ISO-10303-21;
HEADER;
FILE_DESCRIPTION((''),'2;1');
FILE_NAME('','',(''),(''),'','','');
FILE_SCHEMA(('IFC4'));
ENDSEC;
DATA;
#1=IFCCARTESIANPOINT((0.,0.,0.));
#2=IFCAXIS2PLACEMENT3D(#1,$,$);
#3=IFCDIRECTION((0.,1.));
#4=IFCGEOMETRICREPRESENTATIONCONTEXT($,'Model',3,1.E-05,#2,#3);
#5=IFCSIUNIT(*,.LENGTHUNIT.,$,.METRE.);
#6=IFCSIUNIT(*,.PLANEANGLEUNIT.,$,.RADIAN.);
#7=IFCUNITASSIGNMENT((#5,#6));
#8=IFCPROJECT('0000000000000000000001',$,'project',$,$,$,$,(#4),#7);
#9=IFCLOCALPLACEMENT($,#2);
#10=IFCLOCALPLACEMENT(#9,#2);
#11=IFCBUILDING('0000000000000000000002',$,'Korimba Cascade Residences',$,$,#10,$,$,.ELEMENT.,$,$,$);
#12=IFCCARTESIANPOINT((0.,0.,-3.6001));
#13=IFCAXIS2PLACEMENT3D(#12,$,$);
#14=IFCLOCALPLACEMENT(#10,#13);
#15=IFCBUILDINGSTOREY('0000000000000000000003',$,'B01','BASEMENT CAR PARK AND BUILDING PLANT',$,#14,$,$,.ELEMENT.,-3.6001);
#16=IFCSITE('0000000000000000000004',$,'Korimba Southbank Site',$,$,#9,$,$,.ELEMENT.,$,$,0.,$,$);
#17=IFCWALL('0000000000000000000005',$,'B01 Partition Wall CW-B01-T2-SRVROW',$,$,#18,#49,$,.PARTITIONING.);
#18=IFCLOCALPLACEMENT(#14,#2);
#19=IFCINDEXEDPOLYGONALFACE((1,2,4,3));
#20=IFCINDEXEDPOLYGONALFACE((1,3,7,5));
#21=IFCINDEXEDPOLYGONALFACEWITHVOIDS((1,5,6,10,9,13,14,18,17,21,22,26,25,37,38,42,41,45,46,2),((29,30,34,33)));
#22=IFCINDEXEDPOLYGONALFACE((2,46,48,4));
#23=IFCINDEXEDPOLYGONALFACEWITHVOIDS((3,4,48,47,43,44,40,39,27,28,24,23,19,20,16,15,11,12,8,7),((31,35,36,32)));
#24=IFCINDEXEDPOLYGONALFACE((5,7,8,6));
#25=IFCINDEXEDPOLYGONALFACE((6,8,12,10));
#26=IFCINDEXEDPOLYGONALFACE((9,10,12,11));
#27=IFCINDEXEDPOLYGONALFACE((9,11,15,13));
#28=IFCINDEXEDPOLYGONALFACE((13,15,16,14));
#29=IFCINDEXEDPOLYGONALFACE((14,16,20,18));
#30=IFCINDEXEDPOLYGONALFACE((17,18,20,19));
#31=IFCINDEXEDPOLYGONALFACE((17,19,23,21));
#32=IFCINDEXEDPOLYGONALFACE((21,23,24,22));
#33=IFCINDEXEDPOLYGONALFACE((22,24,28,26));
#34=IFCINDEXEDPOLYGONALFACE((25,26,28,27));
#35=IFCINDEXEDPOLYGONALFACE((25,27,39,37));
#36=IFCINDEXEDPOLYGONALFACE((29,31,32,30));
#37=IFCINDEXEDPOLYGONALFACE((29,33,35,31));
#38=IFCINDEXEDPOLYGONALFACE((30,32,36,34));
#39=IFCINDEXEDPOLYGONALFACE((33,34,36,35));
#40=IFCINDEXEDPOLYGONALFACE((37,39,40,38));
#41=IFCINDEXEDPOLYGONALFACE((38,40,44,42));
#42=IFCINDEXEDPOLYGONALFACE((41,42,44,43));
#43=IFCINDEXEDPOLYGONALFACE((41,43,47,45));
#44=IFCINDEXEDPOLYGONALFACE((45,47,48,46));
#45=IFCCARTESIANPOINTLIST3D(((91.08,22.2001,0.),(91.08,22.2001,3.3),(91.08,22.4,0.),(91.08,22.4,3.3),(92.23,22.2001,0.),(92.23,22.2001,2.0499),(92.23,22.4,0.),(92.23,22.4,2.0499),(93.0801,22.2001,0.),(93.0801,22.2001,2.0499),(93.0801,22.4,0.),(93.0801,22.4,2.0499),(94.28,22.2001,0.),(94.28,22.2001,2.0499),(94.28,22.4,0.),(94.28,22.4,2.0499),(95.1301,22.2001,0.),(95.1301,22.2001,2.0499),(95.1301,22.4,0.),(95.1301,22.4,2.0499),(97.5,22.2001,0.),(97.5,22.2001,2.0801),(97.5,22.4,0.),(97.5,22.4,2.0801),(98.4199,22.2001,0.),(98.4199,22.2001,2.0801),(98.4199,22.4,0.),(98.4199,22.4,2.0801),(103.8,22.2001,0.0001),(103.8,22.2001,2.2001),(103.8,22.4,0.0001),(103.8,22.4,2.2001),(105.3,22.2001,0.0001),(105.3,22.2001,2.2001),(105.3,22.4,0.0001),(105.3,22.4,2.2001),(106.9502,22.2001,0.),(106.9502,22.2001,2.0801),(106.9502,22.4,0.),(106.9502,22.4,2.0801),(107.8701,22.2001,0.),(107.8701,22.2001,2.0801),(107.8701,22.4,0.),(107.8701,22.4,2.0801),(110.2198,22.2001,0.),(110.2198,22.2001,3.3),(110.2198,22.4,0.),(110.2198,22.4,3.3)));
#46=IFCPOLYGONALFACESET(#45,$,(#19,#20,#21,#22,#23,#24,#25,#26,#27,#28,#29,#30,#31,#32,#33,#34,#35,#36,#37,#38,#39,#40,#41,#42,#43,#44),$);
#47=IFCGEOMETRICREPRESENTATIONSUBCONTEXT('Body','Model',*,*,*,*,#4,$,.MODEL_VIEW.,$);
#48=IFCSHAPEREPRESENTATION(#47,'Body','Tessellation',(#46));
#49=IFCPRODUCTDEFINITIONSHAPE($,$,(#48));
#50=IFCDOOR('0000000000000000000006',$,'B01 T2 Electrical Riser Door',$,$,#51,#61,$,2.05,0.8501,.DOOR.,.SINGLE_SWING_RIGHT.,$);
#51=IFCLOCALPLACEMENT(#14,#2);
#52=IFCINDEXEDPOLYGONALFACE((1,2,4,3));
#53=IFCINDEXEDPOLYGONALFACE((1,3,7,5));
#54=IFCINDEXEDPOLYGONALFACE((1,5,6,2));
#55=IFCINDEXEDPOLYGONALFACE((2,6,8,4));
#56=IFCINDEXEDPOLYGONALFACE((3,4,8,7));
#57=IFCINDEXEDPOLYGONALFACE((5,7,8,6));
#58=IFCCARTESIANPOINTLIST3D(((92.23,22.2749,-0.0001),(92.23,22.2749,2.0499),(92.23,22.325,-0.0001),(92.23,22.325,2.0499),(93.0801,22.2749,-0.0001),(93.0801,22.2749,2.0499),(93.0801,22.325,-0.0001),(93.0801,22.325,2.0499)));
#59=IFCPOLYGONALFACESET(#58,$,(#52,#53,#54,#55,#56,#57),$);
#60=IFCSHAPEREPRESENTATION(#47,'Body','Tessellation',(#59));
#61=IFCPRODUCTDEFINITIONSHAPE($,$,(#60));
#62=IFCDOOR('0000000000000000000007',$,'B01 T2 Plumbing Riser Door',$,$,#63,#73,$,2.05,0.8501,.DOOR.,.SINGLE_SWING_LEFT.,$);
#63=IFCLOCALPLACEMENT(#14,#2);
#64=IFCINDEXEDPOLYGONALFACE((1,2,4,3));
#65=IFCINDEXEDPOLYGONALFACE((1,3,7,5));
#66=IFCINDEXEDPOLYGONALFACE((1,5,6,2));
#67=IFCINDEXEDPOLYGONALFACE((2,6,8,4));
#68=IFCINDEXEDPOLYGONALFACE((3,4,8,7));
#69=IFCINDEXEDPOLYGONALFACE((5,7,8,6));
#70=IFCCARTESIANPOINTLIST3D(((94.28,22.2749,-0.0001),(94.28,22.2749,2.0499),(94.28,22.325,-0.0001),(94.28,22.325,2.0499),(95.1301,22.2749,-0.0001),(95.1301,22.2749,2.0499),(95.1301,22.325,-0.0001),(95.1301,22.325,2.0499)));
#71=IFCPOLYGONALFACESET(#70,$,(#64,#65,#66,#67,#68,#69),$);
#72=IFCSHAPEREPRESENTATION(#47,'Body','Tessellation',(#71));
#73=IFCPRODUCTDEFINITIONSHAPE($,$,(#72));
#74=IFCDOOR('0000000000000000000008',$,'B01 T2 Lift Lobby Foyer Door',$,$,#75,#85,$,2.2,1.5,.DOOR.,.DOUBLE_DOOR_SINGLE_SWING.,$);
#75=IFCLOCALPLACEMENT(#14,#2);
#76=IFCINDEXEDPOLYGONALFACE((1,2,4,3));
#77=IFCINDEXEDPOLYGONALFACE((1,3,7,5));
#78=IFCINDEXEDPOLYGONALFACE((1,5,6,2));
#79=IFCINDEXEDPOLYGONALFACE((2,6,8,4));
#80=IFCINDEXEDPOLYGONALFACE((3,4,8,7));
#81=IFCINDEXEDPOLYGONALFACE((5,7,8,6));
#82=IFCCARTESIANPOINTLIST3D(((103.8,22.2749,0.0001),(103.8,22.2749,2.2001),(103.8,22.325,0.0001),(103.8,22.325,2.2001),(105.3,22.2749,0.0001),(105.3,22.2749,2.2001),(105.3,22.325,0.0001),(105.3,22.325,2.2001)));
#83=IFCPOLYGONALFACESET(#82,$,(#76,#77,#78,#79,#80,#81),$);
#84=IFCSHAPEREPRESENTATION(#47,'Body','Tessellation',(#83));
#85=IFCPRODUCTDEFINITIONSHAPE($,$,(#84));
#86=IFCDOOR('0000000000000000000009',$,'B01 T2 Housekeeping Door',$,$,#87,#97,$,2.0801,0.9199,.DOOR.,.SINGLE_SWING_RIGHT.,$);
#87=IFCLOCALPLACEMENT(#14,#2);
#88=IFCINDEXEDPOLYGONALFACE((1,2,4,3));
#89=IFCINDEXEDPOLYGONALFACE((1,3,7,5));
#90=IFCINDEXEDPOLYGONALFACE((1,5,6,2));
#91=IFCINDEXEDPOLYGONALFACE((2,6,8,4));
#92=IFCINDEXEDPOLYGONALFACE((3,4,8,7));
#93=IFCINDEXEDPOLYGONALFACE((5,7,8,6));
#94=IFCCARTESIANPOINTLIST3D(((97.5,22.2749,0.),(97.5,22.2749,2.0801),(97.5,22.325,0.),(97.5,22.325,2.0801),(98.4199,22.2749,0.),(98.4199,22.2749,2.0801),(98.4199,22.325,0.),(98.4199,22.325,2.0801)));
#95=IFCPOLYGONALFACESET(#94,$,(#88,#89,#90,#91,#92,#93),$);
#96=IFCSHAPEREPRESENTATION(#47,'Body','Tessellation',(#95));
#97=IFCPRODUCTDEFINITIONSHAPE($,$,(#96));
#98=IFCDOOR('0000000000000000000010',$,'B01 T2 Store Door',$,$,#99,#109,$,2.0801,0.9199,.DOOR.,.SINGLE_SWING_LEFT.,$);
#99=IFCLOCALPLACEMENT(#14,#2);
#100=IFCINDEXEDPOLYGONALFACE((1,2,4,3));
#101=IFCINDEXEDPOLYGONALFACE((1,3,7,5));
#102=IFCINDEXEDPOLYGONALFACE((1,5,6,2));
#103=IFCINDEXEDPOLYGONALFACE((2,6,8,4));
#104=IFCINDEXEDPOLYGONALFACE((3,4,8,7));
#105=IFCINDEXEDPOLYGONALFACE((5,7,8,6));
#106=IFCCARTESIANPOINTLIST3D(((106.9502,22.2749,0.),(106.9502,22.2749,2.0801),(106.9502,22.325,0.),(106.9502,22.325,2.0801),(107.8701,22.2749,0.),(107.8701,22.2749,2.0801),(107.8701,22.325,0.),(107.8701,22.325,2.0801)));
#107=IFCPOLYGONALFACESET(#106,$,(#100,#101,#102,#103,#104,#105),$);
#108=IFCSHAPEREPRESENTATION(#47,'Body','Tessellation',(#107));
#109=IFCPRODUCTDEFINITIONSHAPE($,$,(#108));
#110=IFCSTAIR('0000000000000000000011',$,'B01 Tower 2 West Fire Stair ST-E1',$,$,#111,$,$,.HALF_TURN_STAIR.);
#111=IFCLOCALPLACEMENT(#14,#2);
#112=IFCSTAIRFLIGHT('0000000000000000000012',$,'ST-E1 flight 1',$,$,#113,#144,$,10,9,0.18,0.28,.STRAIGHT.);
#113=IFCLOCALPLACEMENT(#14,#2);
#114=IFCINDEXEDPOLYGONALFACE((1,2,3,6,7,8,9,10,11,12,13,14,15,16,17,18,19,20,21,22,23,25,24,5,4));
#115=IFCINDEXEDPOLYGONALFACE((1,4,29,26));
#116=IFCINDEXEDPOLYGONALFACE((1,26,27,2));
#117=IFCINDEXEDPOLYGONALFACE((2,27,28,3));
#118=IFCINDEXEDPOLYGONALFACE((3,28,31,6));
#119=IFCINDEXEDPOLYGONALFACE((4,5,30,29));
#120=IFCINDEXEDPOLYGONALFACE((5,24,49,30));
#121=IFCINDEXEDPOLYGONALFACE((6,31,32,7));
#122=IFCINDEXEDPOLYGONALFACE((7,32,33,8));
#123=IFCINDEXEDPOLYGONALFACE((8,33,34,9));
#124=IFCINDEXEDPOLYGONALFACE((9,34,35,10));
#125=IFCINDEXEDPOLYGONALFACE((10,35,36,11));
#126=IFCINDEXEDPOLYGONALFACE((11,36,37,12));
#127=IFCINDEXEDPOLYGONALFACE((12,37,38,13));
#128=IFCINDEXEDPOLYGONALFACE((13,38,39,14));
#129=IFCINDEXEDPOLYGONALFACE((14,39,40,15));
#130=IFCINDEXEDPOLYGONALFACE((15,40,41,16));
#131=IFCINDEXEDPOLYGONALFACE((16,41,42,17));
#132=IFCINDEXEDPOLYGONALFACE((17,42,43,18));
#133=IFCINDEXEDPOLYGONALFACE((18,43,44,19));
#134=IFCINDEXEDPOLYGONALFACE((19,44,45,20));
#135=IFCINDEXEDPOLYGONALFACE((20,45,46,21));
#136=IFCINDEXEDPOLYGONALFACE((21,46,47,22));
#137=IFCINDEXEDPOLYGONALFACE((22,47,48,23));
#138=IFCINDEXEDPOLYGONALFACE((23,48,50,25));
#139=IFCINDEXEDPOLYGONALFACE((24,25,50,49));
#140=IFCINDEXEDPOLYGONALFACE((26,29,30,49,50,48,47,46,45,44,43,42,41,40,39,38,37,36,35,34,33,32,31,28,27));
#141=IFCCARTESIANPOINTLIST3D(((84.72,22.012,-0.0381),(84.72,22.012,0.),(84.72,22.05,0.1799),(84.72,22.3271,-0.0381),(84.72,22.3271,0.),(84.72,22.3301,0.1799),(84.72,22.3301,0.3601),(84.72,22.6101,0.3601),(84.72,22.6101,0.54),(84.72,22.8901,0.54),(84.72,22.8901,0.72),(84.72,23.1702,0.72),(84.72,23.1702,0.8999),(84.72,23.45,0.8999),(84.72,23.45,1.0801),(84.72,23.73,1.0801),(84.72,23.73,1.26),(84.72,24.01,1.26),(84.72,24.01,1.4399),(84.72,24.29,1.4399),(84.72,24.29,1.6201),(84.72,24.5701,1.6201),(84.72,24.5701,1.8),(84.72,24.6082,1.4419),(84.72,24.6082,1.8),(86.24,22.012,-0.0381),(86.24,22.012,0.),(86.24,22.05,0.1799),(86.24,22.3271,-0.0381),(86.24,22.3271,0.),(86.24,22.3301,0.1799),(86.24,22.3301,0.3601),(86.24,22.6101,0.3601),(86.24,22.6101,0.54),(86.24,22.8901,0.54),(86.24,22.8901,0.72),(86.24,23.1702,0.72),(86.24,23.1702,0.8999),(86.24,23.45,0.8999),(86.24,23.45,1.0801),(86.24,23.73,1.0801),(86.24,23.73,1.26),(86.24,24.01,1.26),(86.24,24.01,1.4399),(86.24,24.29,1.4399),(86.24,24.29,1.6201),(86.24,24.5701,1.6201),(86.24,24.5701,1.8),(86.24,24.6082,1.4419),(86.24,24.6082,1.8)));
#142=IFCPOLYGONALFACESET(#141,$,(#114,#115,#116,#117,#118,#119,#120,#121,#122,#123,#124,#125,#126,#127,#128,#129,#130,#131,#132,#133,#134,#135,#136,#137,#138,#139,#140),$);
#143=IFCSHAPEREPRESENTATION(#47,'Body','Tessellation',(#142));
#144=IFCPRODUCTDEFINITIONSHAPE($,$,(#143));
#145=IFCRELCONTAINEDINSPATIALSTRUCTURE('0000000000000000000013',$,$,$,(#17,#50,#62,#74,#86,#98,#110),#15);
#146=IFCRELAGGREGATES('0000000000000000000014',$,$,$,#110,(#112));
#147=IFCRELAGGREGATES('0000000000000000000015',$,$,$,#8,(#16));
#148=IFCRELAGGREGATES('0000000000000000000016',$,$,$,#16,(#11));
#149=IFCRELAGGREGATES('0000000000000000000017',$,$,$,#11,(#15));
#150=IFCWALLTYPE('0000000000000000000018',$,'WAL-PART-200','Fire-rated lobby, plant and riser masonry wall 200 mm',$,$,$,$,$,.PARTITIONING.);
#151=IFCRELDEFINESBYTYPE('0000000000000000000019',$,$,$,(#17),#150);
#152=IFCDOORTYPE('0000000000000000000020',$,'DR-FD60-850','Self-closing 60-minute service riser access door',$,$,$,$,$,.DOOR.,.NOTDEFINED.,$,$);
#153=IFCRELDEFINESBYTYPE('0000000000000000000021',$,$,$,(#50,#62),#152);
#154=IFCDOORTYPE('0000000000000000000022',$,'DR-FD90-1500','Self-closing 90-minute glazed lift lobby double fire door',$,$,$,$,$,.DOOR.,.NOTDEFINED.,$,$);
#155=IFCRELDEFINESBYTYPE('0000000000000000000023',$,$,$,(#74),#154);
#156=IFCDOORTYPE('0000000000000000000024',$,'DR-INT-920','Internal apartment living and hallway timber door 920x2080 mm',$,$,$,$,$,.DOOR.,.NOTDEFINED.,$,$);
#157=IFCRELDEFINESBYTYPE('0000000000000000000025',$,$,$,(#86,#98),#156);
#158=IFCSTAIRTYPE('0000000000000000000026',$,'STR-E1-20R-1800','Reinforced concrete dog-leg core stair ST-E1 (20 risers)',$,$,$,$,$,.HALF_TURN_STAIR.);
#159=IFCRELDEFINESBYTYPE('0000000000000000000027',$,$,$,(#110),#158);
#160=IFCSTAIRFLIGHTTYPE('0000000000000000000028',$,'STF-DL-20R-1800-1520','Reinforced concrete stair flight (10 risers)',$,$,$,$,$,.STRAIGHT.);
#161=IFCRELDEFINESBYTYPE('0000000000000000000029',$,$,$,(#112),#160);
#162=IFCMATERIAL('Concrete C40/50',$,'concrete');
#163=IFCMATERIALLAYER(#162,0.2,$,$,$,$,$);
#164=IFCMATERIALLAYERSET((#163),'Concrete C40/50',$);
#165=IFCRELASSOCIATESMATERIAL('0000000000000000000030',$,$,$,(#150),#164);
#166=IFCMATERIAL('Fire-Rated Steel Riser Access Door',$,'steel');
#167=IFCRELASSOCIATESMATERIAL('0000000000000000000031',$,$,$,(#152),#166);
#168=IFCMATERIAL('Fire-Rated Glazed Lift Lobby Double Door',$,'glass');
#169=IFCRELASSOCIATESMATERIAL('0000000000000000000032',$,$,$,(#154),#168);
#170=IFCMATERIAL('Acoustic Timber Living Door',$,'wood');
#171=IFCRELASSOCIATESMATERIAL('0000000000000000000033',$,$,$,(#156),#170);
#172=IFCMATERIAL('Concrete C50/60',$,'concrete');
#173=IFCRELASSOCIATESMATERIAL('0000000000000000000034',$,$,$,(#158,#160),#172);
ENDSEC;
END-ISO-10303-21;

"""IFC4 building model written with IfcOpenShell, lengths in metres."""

from ifc_helpers import new_model, si_unit, direction, frame, frame_2d, origin, place, context, subcontext, project, spatial, polyline, rectangle, outline, extrude, material, layer, layer_set, type_object, element, fill, aggregate, save


model = new_model("IFC4")

# Units and contexts
model_context = context("Model", 3, precision=1e-05, world=origin(), true_north=direction((0.0, 1.0)))
body_context = subcontext(model_context, "Body", "Model", "MODEL_VIEW")
ifc_project = project(units=[si_unit("LENGTHUNIT", "METRE"), si_unit("PLANEANGLEUNIT", "RADIAN")], contexts=[model_context])

# Site, building, storey
site_placement = place(None, origin())
site = spatial("IfcSite", under=ifc_project, at=site_placement, Name="Korimba Southbank Site", CompositionType="ELEMENT", RefElevation=0.0)
building_placement = place(site_placement, origin())
building = spatial("IfcBuilding", under=site, at=building_placement, Name="Korimba Cascade Residences", CompositionType="ELEMENT")
storey_placement = place(building_placement, frame((0.0, 0.0, -3.6001)))
storey = spatial("IfcBuildingStorey", under=building, at=storey_placement, Name="B01", Description="BASEMENT CAR PARK AND BUILDING PLANT", CompositionType="ELEMENT", Elevation=-3.6001)

# Shared definitions
ifc_material_1 = material(Name="Concrete C50/60", Category="concrete")

# Shared definitions
ifc_material_2 = material(Name="Concrete C40/50", Category="concrete")
ifc_layer_1 = layer(ifc_material_2, 0.2)
ifc_layer_set_1 = layer_set([ifc_layer_1], Name="Concrete C40/50")
wall_type_1 = type_object("IfcWallType", Name="WAL-PART-200", Description="Fire-rated lobby, plant and riser masonry wall 200 mm", PredefinedType="PARTITIONING", material=ifc_layer_set_1)

# Wall, openings, doors
wall_1_placement = place(storey_placement, frame((91.0801, 22.3, 0.0), z_axis=(0.0, 0.0, 1.0), x_axis=(1.0, 0.0, 0.0)))
wall_1 = element("IfcWall", 1, at=wall_1_placement, inside=storey, type_object=wall_type_1, Name="B01 Partition Wall CW-B01-T2-SRVROW", PredefinedType="PARTITIONING", context=body_context, shape_type="SweptSolid", body=[
    extrude(rectangle(XDim=19.1399, YDim=0.2, at=frame_2d((9.5698, 0.0))), origin(), (0.0, 0.0, 1.0), 3.3),
])
opening_1_placement = place(wall_1_placement, frame((1.1499, 0.0, 0.0)))
opening_1 = element("IfcOpeningElement", 2, at=opening_1_placement, cuts=wall_1, PredefinedType="OPENING", context=body_context, shape_type="SweptSolid", body=[
    extrude(rectangle(XDim=0.8501, YDim=2.05, at=frame_2d((0.425, 1.0249))), frame((0.0, 0.1099, 0.0), z_axis=(0.0, -1.0, 0.0), x_axis=(1.0, 0.0, 0.0)), (0.0, 0.0, 1.0), 0.22),
])
opening_2_placement = place(wall_1_placement, frame((3.2, 0.0, 0.0)))
opening_2 = element("IfcOpeningElement", 3, at=opening_2_placement, cuts=wall_1, PredefinedType="OPENING", context=body_context, shape_type="SweptSolid", body=[
    extrude(rectangle(XDim=0.8501, YDim=2.05, at=frame_2d((0.425, 1.0249))), frame((0.0, 0.1099, 0.0), z_axis=(0.0, -1.0, 0.0), x_axis=(1.0, 0.0, 0.0)), (0.0, 0.0, 1.0), 0.22),
])
opening_3_placement = place(wall_1_placement, frame((12.72, 0.0, 0.0)))
opening_3 = element("IfcOpeningElement", 4, at=opening_3_placement, cuts=wall_1, PredefinedType="OPENING", context=body_context, shape_type="SweptSolid", body=[
    extrude(rectangle(XDim=1.5, YDim=2.2, at=frame_2d((0.75, 1.1001))), frame((0.0, 0.1099, 0.0), z_axis=(0.0, -1.0, 0.0), x_axis=(1.0, 0.0, 0.0)), (0.0, 0.0, 1.0), 0.22),
])
opening_4_placement = place(wall_1_placement, frame((6.4199, 0.0, 0.0)))
opening_4 = element("IfcOpeningElement", 5, at=opening_4_placement, cuts=wall_1, PredefinedType="OPENING", context=body_context, shape_type="SweptSolid", body=[
    extrude(rectangle(XDim=0.9199, YDim=2.0801, at=frame_2d((0.46, 1.04))), frame((0.0, 0.1099, 0.0), z_axis=(0.0, -1.0, 0.0), x_axis=(1.0, 0.0, 0.0)), (0.0, 0.0, 1.0), 0.22),
])
opening_5_placement = place(wall_1_placement, frame((15.8701, 0.0, 0.0)))
opening_5 = element("IfcOpeningElement", 6, at=opening_5_placement, cuts=wall_1, PredefinedType="OPENING", context=body_context, shape_type="SweptSolid", body=[
    extrude(rectangle(XDim=0.9199, YDim=2.0801, at=frame_2d((0.46, 1.04))), frame((0.0, 0.1099, 0.0), z_axis=(0.0, -1.0, 0.0), x_axis=(1.0, 0.0, 0.0)), (0.0, 0.0, 1.0), 0.22),
])
ifc_material_3 = material(Name="Fire-Rated Steel Riser Access Door", Category="steel")
door_type_1 = type_object("IfcDoorType", Name="DR-FD60-850", Description="Self-closing 60-minute service riser access door", OperationType="NOTDEFINED", PredefinedType="DOOR", material=ifc_material_3)
door_1_placement = place(opening_1_placement, origin())
door_1 = element("IfcDoor", 7, at=door_1_placement, inside=storey, type_object=door_type_1, Name="B01 T2 Electrical Riser Door", OperationType="SINGLE_SWING_RIGHT", OverallHeight=2.05, OverallWidth=0.8501, PredefinedType="DOOR", context=body_context, shape_type="SweptSolid", body=[
    extrude(rectangle(XDim=0.8501, YDim=2.05, at=frame_2d((0.425, 1.0249))), frame((0.0, 0.0249, 0.0), z_axis=(0.0, -1.0, 0.0), x_axis=(1.0, 0.0, 0.0)), (0.0, 0.0, 1.0), 0.05),
])
fill(opening_1, door_1)
door_2_placement = place(opening_2_placement, origin())
door_2 = element("IfcDoor", 8, at=door_2_placement, inside=storey, type_object=door_type_1, Name="B01 T2 Plumbing Riser Door", OperationType="SINGLE_SWING_LEFT", OverallHeight=2.05, OverallWidth=0.8501, PredefinedType="DOOR", context=body_context, shape_type="SweptSolid", body=[
    extrude(rectangle(XDim=0.8501, YDim=2.05, at=frame_2d((0.425, 1.0249))), frame((0.0, 0.0249, 0.0), z_axis=(0.0, -1.0, 0.0), x_axis=(1.0, 0.0, 0.0)), (0.0, 0.0, 1.0), 0.05),
])
fill(opening_2, door_2)
ifc_material_4 = material(Name="Fire-Rated Glazed Lift Lobby Double Door", Category="glass")
door_type_2 = type_object("IfcDoorType", Name="DR-FD90-1500", Description="Self-closing 90-minute glazed lift lobby double fire door", OperationType="NOTDEFINED", PredefinedType="DOOR", material=ifc_material_4)
door_3_placement = place(opening_3_placement, origin())
door_3 = element("IfcDoor", 9, at=door_3_placement, inside=storey, type_object=door_type_2, Name="B01 T2 Lift Lobby Foyer Door", OperationType="DOUBLE_DOOR_SINGLE_SWING", OverallHeight=2.2, OverallWidth=1.5, PredefinedType="DOOR", context=body_context, shape_type="SweptSolid", body=[
    extrude(rectangle(XDim=1.5, YDim=2.2, at=frame_2d((0.75, 1.1001))), frame((0.0, 0.0249, 0.0), z_axis=(0.0, -1.0, 0.0), x_axis=(1.0, 0.0, 0.0)), (0.0, 0.0, 1.0), 0.05),
])
fill(opening_3, door_3)
ifc_material_5 = material(Name="Acoustic Timber Living Door", Category="wood")
door_type_3 = type_object("IfcDoorType", Name="DR-INT-920", Description="Internal apartment living and hallway timber door 920x2080 mm", OperationType="NOTDEFINED", PredefinedType="DOOR", material=ifc_material_5)
door_4_placement = place(opening_4_placement, origin())
door_4 = element("IfcDoor", 10, at=door_4_placement, inside=storey, type_object=door_type_3, Name="B01 T2 Housekeeping Door", OperationType="SINGLE_SWING_RIGHT", OverallHeight=2.0801, OverallWidth=0.9199, PredefinedType="DOOR", context=body_context, shape_type="SweptSolid", body=[
    extrude(rectangle(XDim=0.9199, YDim=2.0801, at=frame_2d((0.46, 1.04))), frame((0.0, 0.0249, 0.0), z_axis=(0.0, -1.0, 0.0), x_axis=(1.0, 0.0, 0.0)), (0.0, 0.0, 1.0), 0.05),
])
fill(opening_4, door_4)
door_5_placement = place(opening_5_placement, origin())
door_5 = element("IfcDoor", 11, at=door_5_placement, inside=storey, type_object=door_type_3, Name="B01 T2 Store Door", OperationType="SINGLE_SWING_LEFT", OverallHeight=2.0801, OverallWidth=0.9199, PredefinedType="DOOR", context=body_context, shape_type="SweptSolid", body=[
    extrude(rectangle(XDim=0.9199, YDim=2.0801, at=frame_2d((0.46, 1.04))), frame((0.0, 0.0249, 0.0), z_axis=(0.0, -1.0, 0.0), x_axis=(1.0, 0.0, 0.0)), (0.0, 0.0, 1.0), 0.05),
])
fill(opening_5, door_5)

# Stair, stair flight
stair_type = type_object("IfcStairType", Name="STR-E1-20R-1800", Description="Reinforced concrete dog-leg core stair ST-E1 (20 risers)", PredefinedType="HALF_TURN_STAIR", material=ifc_material_1)
stair_placement = place(storey_placement, origin())
stair = element("IfcStair", 12, at=stair_placement, inside=storey, type_object=stair_type, Name="B01 Tower 2 West Fire Stair ST-E1", PredefinedType="HALF_TURN_STAIR")
stair_flight_type = type_object("IfcStairFlightType", Name="STF-DL-20R-1800-1520", Description="Reinforced concrete stair flight (10 risers)", PredefinedType="STRAIGHT", material=ifc_material_1)
stair_flight_placement = place(storey_placement, frame((85.48, 22.05, 0.0), z_axis=(0.0, 0.0, 1.0), x_axis=(0.0, 1.0, 0.0)))
stair_flight = element("IfcStairFlight", 13, at=stair_flight_placement, type_object=stair_flight_type, Name="ST-E1 flight 1", NumberOfRisers=10, NumberOfTreads=9, PredefinedType="STRAIGHT", RiserHeight=0.18, TreadLength=0.28, context=body_context, shape_type="SweptSolid", body=[
    extrude(outline(polyline([(-0.0381, 0.0), (0.0, 0.1799), (0.28, 0.1799), (0.28, 0.3601), (0.5601, 0.3601), (0.5601, 0.54), (0.8401, 0.54), (0.8401, 0.72), (1.1201, 0.72), (1.1201, 0.8999), (1.3999, 0.8999), (1.3999, 1.0801), (1.6799, 1.0801), (1.6799, 1.26), (1.96, 1.26), (1.96, 1.4399), (2.24, 1.4399), (2.24, 1.6201), (2.52, 1.6201), (2.52, 1.8), (2.5581, 1.8), (2.5581, 1.4419), (0.2771, 0.0), (0.2771, -0.0381), (-0.0381, -0.0381), (-0.0381, 0.0)])), frame((0.0, 0.76, 0.0), z_axis=(0.0, -1.0, 0.0), x_axis=(1.0, 0.0, 0.0)), (0.0, 0.0, 1.0), 1.52),
])
aggregate(stair, [stair_flight])

save(model, "model.ifc")
